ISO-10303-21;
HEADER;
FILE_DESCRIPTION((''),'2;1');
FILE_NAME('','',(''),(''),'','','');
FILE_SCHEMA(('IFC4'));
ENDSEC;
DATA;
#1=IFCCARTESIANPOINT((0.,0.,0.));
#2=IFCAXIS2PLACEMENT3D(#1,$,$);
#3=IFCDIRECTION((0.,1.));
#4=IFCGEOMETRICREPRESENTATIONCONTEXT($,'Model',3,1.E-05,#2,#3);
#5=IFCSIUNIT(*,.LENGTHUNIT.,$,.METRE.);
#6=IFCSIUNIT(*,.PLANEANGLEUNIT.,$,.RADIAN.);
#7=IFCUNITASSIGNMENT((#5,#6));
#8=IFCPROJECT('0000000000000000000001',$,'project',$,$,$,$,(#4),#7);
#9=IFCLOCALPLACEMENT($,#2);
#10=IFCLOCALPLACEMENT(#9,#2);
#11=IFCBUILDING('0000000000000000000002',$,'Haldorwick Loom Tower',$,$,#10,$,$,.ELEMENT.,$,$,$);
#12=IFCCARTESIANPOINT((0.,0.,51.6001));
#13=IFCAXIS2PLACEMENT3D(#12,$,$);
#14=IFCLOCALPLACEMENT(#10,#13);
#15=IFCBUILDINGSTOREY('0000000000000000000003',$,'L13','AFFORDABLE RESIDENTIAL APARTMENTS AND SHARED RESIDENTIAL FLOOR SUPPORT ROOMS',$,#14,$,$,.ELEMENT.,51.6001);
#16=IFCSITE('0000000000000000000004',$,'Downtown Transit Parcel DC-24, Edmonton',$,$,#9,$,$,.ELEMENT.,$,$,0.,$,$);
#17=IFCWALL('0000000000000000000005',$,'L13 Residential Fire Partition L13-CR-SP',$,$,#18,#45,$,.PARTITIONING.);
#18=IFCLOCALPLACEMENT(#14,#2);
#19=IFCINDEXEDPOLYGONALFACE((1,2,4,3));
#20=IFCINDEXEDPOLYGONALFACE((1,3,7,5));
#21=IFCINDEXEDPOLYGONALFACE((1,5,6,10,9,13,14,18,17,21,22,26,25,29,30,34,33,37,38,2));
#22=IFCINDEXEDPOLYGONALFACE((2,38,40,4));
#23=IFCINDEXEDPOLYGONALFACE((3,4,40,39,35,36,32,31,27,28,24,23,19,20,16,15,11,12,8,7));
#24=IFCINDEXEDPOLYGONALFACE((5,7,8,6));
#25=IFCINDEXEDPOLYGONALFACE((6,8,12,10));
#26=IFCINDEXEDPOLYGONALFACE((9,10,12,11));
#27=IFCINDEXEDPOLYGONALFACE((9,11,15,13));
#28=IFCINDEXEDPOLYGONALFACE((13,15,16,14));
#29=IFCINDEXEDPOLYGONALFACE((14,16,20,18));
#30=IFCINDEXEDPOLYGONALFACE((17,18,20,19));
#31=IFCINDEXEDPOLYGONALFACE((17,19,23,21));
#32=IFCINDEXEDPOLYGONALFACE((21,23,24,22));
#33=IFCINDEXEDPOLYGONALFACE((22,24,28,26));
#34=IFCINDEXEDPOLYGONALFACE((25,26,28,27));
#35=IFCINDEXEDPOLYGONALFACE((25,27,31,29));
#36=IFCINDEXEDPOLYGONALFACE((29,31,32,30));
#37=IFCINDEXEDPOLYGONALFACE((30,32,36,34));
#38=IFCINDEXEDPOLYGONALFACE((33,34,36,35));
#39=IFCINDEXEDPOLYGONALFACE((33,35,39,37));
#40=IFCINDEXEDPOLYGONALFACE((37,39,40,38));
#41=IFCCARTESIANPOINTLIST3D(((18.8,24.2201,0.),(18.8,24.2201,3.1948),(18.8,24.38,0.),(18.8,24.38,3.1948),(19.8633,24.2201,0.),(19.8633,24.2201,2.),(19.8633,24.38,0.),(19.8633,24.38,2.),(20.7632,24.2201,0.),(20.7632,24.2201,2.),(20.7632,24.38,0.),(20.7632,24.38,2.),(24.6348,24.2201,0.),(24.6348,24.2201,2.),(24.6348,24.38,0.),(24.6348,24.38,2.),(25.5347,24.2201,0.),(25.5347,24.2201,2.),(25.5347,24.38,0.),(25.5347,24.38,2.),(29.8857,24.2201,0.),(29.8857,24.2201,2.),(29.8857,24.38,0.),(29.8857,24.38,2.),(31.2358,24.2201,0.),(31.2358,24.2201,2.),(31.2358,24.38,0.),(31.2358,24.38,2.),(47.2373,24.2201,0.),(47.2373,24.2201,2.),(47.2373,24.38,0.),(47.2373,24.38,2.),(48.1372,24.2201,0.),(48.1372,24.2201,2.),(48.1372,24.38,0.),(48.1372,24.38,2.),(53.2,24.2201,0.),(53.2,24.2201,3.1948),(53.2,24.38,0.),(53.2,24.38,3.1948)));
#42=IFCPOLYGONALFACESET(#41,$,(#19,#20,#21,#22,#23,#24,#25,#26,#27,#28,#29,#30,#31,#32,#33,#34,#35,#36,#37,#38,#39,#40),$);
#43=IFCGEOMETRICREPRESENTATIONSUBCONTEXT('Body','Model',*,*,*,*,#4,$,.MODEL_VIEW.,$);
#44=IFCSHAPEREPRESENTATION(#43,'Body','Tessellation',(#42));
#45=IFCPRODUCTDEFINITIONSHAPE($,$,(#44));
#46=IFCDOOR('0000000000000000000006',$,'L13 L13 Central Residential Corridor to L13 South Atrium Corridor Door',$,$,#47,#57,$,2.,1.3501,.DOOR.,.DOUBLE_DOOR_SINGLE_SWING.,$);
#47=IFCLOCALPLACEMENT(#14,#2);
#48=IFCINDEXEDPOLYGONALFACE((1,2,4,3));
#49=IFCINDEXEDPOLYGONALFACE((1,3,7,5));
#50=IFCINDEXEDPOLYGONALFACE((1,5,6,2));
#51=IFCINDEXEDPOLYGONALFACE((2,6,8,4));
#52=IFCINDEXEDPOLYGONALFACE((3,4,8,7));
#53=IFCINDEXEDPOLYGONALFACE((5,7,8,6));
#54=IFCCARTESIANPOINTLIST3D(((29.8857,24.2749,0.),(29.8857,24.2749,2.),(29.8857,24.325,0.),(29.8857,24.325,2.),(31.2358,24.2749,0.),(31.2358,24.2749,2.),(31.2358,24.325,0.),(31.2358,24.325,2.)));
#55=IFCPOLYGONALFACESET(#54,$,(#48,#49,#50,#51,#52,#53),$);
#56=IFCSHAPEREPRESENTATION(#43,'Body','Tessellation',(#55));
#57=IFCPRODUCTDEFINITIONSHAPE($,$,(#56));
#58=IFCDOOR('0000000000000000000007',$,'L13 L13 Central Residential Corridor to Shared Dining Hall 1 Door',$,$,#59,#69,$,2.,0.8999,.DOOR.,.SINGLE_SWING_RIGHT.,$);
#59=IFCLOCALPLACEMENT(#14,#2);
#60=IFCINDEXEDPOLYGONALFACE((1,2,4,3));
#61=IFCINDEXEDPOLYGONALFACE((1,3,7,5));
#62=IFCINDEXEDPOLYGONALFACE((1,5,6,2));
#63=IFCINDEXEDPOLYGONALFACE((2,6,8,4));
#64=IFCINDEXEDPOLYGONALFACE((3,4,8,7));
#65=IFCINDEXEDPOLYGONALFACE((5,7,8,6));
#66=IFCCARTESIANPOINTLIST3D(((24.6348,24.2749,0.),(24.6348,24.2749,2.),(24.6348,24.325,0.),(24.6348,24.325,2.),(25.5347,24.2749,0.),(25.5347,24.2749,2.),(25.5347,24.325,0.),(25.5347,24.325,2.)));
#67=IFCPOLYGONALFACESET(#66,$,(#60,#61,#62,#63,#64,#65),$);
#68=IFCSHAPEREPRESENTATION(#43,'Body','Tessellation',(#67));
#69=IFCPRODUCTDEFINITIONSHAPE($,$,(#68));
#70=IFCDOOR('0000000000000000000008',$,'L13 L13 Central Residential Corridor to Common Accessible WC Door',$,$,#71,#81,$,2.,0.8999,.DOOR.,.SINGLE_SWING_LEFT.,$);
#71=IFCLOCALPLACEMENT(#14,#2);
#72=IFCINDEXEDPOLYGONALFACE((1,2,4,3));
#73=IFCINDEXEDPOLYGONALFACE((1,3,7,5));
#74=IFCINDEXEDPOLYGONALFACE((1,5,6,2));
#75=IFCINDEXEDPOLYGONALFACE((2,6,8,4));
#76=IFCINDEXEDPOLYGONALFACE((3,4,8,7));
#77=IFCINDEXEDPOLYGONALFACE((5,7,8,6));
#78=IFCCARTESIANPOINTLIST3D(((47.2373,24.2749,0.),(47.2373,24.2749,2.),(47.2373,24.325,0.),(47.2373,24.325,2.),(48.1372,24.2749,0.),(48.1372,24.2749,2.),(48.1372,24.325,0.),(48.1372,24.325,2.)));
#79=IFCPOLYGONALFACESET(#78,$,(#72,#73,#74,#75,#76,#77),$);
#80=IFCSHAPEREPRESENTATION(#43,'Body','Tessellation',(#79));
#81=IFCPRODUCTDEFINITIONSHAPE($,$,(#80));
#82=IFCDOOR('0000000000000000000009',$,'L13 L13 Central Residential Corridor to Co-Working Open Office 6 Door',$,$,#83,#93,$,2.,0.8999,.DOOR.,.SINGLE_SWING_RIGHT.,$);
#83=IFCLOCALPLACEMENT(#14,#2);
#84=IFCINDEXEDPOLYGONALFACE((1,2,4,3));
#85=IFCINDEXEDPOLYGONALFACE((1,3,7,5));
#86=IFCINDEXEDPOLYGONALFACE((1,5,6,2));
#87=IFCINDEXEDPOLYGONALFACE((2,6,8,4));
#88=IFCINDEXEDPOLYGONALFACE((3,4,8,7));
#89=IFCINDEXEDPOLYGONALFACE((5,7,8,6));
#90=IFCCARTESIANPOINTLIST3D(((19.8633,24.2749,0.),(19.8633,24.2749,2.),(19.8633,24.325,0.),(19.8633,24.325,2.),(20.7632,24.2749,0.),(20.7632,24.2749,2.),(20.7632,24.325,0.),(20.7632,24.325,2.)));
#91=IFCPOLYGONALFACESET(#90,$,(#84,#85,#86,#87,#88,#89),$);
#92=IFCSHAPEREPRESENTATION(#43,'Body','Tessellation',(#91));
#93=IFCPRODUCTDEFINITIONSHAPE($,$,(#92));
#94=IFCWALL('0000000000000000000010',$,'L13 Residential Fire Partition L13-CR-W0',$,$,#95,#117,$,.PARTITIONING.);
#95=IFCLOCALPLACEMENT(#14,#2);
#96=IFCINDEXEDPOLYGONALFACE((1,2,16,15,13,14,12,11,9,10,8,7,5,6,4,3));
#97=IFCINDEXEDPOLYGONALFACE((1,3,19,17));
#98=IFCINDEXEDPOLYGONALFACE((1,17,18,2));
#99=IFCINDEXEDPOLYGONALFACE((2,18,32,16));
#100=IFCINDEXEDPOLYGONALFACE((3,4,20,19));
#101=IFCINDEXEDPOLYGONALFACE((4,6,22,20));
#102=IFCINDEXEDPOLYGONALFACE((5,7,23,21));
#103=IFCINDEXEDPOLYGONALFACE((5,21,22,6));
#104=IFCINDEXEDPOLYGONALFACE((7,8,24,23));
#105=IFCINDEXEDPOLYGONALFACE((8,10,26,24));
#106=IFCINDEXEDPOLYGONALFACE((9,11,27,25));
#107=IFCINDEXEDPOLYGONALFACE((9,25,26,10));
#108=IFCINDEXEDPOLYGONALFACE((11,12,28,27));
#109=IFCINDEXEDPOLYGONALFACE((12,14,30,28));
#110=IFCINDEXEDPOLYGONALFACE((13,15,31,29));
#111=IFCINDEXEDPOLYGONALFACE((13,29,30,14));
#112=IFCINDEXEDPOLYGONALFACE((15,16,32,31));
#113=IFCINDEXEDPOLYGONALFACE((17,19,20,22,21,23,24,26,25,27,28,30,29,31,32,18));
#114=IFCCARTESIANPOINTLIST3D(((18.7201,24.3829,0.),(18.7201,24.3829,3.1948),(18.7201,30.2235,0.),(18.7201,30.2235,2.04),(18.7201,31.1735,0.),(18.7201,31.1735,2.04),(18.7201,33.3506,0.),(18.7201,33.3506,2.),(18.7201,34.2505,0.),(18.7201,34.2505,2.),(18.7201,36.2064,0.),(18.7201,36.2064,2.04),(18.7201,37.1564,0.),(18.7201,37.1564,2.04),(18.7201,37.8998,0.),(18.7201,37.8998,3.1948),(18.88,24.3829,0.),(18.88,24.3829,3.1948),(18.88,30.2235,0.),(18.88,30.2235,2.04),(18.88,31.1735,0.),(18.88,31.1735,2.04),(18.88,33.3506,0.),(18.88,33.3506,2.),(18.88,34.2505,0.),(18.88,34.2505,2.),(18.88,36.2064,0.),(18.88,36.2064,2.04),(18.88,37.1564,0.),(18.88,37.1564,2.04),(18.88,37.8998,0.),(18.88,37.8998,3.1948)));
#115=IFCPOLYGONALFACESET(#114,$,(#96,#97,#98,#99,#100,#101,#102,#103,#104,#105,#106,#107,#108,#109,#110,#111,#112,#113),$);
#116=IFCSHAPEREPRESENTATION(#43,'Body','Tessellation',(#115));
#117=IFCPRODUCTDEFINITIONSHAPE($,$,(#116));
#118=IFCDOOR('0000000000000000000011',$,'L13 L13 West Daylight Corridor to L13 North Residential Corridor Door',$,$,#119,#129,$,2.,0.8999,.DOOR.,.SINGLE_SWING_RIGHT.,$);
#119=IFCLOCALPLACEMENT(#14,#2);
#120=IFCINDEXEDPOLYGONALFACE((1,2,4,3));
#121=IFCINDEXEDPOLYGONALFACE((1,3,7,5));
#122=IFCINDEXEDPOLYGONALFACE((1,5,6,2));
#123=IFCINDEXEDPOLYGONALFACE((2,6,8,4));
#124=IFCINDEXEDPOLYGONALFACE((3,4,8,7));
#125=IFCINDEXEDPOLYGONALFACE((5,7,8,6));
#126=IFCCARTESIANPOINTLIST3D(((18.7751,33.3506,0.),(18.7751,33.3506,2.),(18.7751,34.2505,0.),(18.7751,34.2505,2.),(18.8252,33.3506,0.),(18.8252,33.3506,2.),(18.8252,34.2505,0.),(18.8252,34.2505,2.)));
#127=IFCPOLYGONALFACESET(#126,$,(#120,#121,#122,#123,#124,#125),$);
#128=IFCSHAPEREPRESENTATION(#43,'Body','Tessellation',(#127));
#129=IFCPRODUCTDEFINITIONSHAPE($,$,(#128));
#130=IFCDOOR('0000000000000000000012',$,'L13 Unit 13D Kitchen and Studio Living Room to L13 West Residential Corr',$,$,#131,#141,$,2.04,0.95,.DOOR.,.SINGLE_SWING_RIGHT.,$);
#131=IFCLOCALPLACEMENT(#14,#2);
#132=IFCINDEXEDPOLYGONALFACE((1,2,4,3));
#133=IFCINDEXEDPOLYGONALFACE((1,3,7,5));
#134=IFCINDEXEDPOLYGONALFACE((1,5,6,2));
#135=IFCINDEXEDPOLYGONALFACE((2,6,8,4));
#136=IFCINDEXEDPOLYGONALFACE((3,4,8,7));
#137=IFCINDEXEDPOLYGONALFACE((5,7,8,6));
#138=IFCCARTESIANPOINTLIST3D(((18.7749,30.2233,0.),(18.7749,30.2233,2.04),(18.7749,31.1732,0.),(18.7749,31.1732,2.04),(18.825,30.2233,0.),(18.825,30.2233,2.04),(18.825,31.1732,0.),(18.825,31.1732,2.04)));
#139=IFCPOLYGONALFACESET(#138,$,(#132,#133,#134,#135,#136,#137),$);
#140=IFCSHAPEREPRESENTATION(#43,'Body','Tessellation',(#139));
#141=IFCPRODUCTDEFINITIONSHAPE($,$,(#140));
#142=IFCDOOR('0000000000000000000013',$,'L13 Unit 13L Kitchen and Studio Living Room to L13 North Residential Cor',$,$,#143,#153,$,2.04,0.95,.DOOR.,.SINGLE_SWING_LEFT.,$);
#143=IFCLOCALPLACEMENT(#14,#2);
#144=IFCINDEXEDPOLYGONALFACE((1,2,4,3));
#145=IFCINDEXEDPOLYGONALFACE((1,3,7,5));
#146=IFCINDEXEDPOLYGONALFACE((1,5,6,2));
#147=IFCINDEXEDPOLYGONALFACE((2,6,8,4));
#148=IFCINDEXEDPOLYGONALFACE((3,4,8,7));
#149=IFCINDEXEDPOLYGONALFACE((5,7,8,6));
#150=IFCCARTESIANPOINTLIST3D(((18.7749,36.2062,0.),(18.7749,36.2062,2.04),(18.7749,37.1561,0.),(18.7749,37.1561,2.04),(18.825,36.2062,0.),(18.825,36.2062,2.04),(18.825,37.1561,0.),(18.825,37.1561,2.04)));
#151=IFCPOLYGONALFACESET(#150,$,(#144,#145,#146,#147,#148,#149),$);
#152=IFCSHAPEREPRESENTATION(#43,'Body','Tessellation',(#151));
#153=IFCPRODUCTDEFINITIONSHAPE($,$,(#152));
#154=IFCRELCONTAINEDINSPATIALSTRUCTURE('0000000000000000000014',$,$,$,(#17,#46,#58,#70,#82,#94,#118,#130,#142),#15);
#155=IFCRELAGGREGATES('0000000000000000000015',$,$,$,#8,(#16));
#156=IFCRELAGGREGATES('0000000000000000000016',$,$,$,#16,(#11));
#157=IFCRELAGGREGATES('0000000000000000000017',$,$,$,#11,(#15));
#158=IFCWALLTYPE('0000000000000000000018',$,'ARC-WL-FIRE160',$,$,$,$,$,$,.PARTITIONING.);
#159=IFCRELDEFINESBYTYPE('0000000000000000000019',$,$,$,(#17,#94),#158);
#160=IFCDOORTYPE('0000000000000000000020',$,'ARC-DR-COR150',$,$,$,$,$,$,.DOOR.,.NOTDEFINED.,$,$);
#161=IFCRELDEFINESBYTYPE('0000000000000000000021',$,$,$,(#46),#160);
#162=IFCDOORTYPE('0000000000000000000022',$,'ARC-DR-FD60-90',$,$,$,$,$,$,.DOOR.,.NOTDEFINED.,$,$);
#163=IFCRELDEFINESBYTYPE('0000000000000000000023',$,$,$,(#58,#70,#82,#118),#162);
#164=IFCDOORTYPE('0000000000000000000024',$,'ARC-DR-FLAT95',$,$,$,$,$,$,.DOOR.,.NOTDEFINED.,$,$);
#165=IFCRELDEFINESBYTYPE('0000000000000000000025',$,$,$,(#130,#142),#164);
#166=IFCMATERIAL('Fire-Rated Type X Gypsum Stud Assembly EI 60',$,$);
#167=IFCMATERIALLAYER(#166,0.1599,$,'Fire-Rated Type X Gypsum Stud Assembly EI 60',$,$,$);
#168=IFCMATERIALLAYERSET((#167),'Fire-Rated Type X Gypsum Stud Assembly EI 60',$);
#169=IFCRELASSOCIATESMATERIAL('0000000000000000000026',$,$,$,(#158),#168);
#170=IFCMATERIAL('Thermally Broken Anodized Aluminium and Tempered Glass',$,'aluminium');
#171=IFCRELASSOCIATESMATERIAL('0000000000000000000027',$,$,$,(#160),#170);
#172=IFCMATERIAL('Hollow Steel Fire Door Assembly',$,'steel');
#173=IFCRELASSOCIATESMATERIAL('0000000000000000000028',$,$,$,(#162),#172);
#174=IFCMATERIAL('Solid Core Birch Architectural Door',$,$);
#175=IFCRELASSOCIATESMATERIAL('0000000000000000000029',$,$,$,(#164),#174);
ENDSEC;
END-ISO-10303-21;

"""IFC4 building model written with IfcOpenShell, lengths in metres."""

from ifc_helpers import new_model, si_unit, direction, frame, frame_2d, origin, place, context, subcontext, project, spatial, rectangle, extrude, material, layer, layer_set, type_object, element, fill, save


model = new_model("IFC4")

# Units and contexts
model_context = context("Model", 3, precision=1e-05, world=origin(), true_north=direction((0.0, 1.0)))
body_context = subcontext(model_context, "Body", "Model", "MODEL_VIEW")
ifc_project = project(units=[si_unit("LENGTHUNIT", "METRE"), si_unit("PLANEANGLEUNIT", "RADIAN")], contexts=[model_context])

# Site, building, storey
site_placement = place(None, origin())
site = spatial("IfcSite", under=ifc_project, at=site_placement, Name="Downtown Transit Parcel DC-24, Edmonton", CompositionType="ELEMENT", RefElevation=0.0)
building_placement = place(site_placement, origin())
building = spatial("IfcBuilding", under=site, at=building_placement, Name="Haldorwick Loom Tower", CompositionType="ELEMENT")
storey_placement = place(building_placement, frame((0.0, 0.0, 51.6001)))
storey = spatial("IfcBuildingStorey", under=building, at=storey_placement, Name="L13", Description="AFFORDABLE RESIDENTIAL APARTMENTS AND SHARED RESIDENTIAL FLOOR SUPPORT ROOMS", CompositionType="ELEMENT", Elevation=51.6001)

# Walls, openings, doors
ifc_material_1 = material(Name="Fire-Rated Type X Gypsum Stud Assembly EI 60")
ifc_layer_1 = layer(ifc_material_1, 0.1599, Name="Fire-Rated Type X Gypsum Stud Assembly EI 60")
ifc_layer_set_1 = layer_set([ifc_layer_1], Name="Fire-Rated Type X Gypsum Stud Assembly EI 60")
wall_type_1 = type_object("IfcWallType", Name="ARC-WL-FIRE160", PredefinedType="PARTITIONING", material=ifc_layer_set_1)
wall_1_placement = place(storey_placement, frame((18.8, 24.3, 0.0), z_axis=(0.0, 0.0, 1.0), x_axis=(1.0, 0.0, 0.0)))
wall_1 = element("IfcWall", 1, at=wall_1_placement, inside=storey, type_object=wall_type_1, Name="L13 Residential Fire Partition L13-CR-SP", PredefinedType="PARTITIONING", context=body_context, shape_type="SweptSolid", body=[
    extrude(rectangle(XDim=34.3999, YDim=0.1599, at=frame_2d((17.2, 0.0))), origin(), (0.0, 0.0, 1.0), 3.1948),
])
opening_1_placement = place(wall_1_placement, frame((11.0857, 0.0, 0.0)))
opening_1 = element("IfcOpeningElement", 2, at=opening_1_placement, cuts=wall_1, PredefinedType="OPENING", context=body_context, shape_type="SweptSolid", body=[
    extrude(rectangle(XDim=1.3501, YDim=2.0, at=frame_2d((0.675, 1.0))), frame((0.0, 0.0898, 0.0), z_axis=(0.0, -1.0, 0.0), x_axis=(1.0, 0.0, 0.0)), (0.0, 0.0, 1.0), 0.1799),
])
opening_2_placement = place(wall_1_placement, frame((5.8347, 0.0, 0.0)))
opening_2 = element("IfcOpeningElement", 3, at=opening_2_placement, cuts=wall_1, PredefinedType="OPENING", context=body_context, shape_type="SweptSolid", body=[
    extrude(rectangle(XDim=0.8999, YDim=2.0, at=frame_2d((0.45, 1.0))), frame((0.0, 0.0898, 0.0), z_axis=(0.0, -1.0, 0.0), x_axis=(1.0, 0.0, 0.0)), (0.0, 0.0, 1.0), 0.1799),
])
opening_3_placement = place(wall_1_placement, frame((28.4373, 0.0, 0.0)))
opening_3 = element("IfcOpeningElement", 4, at=opening_3_placement, cuts=wall_1, PredefinedType="OPENING", context=body_context, shape_type="SweptSolid", body=[
    extrude(rectangle(XDim=0.8999, YDim=2.0, at=frame_2d((0.45, 1.0))), frame((0.0, 0.0898, 0.0), z_axis=(0.0, -1.0, 0.0), x_axis=(1.0, 0.0, 0.0)), (0.0, 0.0, 1.0), 0.1799),
])
opening_4_placement = place(wall_1_placement, frame((1.0632, 0.0, 0.0)))
opening_4 = element("IfcOpeningElement", 5, at=opening_4_placement, cuts=wall_1, PredefinedType="OPENING", context=body_context, shape_type="SweptSolid", body=[
    extrude(rectangle(XDim=0.8999, YDim=2.0, at=frame_2d((0.45, 1.0))), frame((0.0, 0.0898, 0.0), z_axis=(0.0, -1.0, 0.0), x_axis=(1.0, 0.0, 0.0)), (0.0, 0.0, 1.0), 0.1799),
])
ifc_material_2 = material(Name="Thermally Broken Anodized Aluminium and Tempered Glass", Category="aluminium")
door_type_1 = type_object("IfcDoorType", Name="ARC-DR-COR150", OperationType="NOTDEFINED", PredefinedType="DOOR", material=ifc_material_2)
door_1_placement = place(opening_1_placement, origin())
door_1 = element("IfcDoor", 6, at=door_1_placement, inside=storey, type_object=door_type_1, Name="L13 L13 Central Residential Corridor to L13 South Atrium Corridor Door", OperationType="DOUBLE_DOOR_SINGLE_SWING", OverallHeight=2.0, OverallWidth=1.3501, PredefinedType="DOOR", context=body_context, shape_type="SweptSolid", body=[
    extrude(rectangle(XDim=1.3501, YDim=2.0, at=frame_2d((0.675, 1.0))), frame((0.0, 0.0249, 0.0), z_axis=(0.0, -1.0, 0.0), x_axis=(1.0, 0.0, 0.0)), (0.0, 0.0, 1.0), 0.05),
])
fill(opening_1, door_1)
ifc_material_3 = material(Name="Hollow Steel Fire Door Assembly", Category="steel")
door_type_2 = type_object("IfcDoorType", Name="ARC-DR-FD60-90", OperationType="NOTDEFINED", PredefinedType="DOOR", material=ifc_material_3)
door_2_placement = place(opening_2_placement, origin())
door_2 = element("IfcDoor", 7, at=door_2_placement, inside=storey, type_object=door_type_2, Name="L13 L13 Central Residential Corridor to Shared Dining Hall 1 Door", OperationType="SINGLE_SWING_RIGHT", OverallHeight=2.0, OverallWidth=0.8999, PredefinedType="DOOR", context=body_context, shape_type="SweptSolid", body=[
    extrude(rectangle(XDim=0.8999, YDim=2.0, at=frame_2d((0.45, 1.0))), frame((0.0, 0.0249, 0.0), z_axis=(0.0, -1.0, 0.0), x_axis=(1.0, 0.0, 0.0)), (0.0, 0.0, 1.0), 0.05),
])
fill(opening_2, door_2)
door_3_placement = place(opening_3_placement, origin())
door_3 = element("IfcDoor", 8, at=door_3_placement, inside=storey, type_object=door_type_2, Name="L13 L13 Central Residential Corridor to Common Accessible WC Door", OperationType="SINGLE_SWING_LEFT", OverallHeight=2.0, OverallWidth=0.8999, PredefinedType="DOOR", context=body_context, shape_type="SweptSolid", body=[
    extrude(rectangle(XDim=0.8999, YDim=2.0, at=frame_2d((0.45, 1.0))), frame((0.0, 0.0249, 0.0), z_axis=(0.0, -1.0, 0.0), x_axis=(1.0, 0.0, 0.0)), (0.0, 0.0, 1.0), 0.05),
])
fill(opening_3, door_3)
door_4_placement = place(opening_4_placement, origin())
door_4 = element("IfcDoor", 9, at=door_4_placement, inside=storey, type_object=door_type_2, Name="L13 L13 Central Residential Corridor to Co-Working Open Office 6 Door", OperationType="SINGLE_SWING_RIGHT", OverallHeight=2.0, OverallWidth=0.8999, PredefinedType="DOOR", context=body_context, shape_type="SweptSolid", body=[
    extrude(rectangle(XDim=0.8999, YDim=2.0, at=frame_2d((0.45, 1.0))), frame((0.0, 0.0249, 0.0), z_axis=(0.0, -1.0, 0.0), x_axis=(1.0, 0.0, 0.0)), (0.0, 0.0, 1.0), 0.05),
])
fill(opening_4, door_4)
wall_2_placement = place(storey_placement, frame((18.8, 24.3831, 0.0), z_axis=(0.0, 0.0, 1.0), x_axis=(0.0, 1.0, 0.0)))
wall_2 = element("IfcWall", 10, at=wall_2_placement, inside=storey, type_object=wall_type_1, Name="L13 Residential Fire Partition L13-CR-W0", PredefinedType="PARTITIONING", context=body_context, shape_type="SweptSolid", body=[
    extrude(rectangle(XDim=13.5168, YDim=0.1599, at=frame_2d((6.7583, 0.0))), origin(), (0.0, 0.0, 1.0), 3.1948),
])
opening_5_placement = place(wall_2_placement, frame((8.9675, 0.0, 0.0)))
opening_5 = element("IfcOpeningElement", 11, at=opening_5_placement, cuts=wall_2, PredefinedType="OPENING", context=body_context, shape_type="SweptSolid", body=[
    extrude(rectangle(XDim=0.8999, YDim=2.0, at=frame_2d((0.45, 1.0))), frame((0.0, 0.0898, 0.0), z_axis=(0.0, -1.0, 0.0), x_axis=(1.0, 0.0, 0.0)), (0.0, 0.0, 1.0), 0.1799),
])
opening_6_placement = place(wall_2_placement, frame((5.8403, 0.0, 0.0)))
opening_6 = element("IfcOpeningElement", 12, at=opening_6_placement, cuts=wall_2, PredefinedType="OPENING", context=body_context, shape_type="SweptSolid", body=[
    extrude(rectangle(XDim=0.95, YDim=2.04, at=frame_2d((0.4751, 1.02))), frame((0.0, 0.0898, 0.0), z_axis=(0.0, -1.0, 0.0), x_axis=(1.0, 0.0, 0.0)), (0.0, 0.0, 1.0), 0.1799),
])
opening_7_placement = place(wall_2_placement, frame((11.8232, 0.0, 0.0)))
opening_7 = element("IfcOpeningElement", 13, at=opening_7_placement, cuts=wall_2, PredefinedType="OPENING", context=body_context, shape_type="SweptSolid", body=[
    extrude(rectangle(XDim=0.95, YDim=2.04, at=frame_2d((0.4751, 1.02))), frame((0.0, 0.0898, 0.0), z_axis=(0.0, -1.0, 0.0), x_axis=(1.0, 0.0, 0.0)), (0.0, 0.0, 1.0), 0.1799),
])
door_5_placement = place(opening_5_placement, origin())
door_5 = element("IfcDoor", 14, at=door_5_placement, inside=storey, type_object=door_type_2, Name="L13 L13 West Daylight Corridor to L13 North Residential Corridor Door", OperationType="SINGLE_SWING_RIGHT", OverallHeight=2.0, OverallWidth=0.8999, PredefinedType="DOOR", context=body_context, shape_type="SweptSolid", body=[
    extrude(rectangle(XDim=0.8999, YDim=2.0, at=frame_2d((0.45, 1.0))), frame((0.0, 0.0249, 0.0), z_axis=(0.0, -1.0, 0.0), x_axis=(1.0, 0.0, 0.0)), (0.0, 0.0, 1.0), 0.05),
])
fill(opening_5, door_5)
ifc_material_4 = material(Name="Solid Core Birch Architectural Door")
door_type_3 = type_object("IfcDoorType", Name="ARC-DR-FLAT95", OperationType="NOTDEFINED", PredefinedType="DOOR", material=ifc_material_4)
door_6_placement = place(opening_6_placement, frame((0.95, 0.0, 0.0), z_axis=(0.0, 0.0, 1.0), x_axis=(-1.0, 0.0, 0.0)))
door_6 = element("IfcDoor", 15, at=door_6_placement, inside=storey, type_object=door_type_3, Name="L13 Unit 13D Kitchen and Studio Living Room to L13 West Residential Corr", OperationType="SINGLE_SWING_RIGHT", OverallHeight=2.04, OverallWidth=0.95, PredefinedType="DOOR", context=body_context, shape_type="SweptSolid", body=[
    extrude(rectangle(XDim=0.95, YDim=2.04, at=frame_2d((0.4751, 1.02))), frame((0.0, 0.0249, 0.0), z_axis=(0.0, -1.0, 0.0), x_axis=(1.0, 0.0, 0.0)), (0.0, 0.0, 1.0), 0.05),
])
fill(opening_6, door_6)
door_7_placement = place(opening_7_placement, frame((0.95, 0.0, 0.0), z_axis=(0.0, 0.0, 1.0), x_axis=(-1.0, 0.0, 0.0)))
door_7 = element("IfcDoor", 16, at=door_7_placement, inside=storey, type_object=door_type_3, Name="L13 Unit 13L Kitchen and Studio Living Room to L13 North Residential Cor", OperationType="SINGLE_SWING_LEFT", OverallHeight=2.04, OverallWidth=0.95, PredefinedType="DOOR", context=body_context, shape_type="SweptSolid", body=[
    extrude(rectangle(XDim=0.95, YDim=2.04, at=frame_2d((0.4751, 1.02))), frame((0.0, 0.0249, 0.0), z_axis=(0.0, -1.0, 0.0), x_axis=(1.0, 0.0, 0.0)), (0.0, 0.0, 1.0), 0.05),
])
fill(opening_7, door_7)

save(model, "model.ifc")
